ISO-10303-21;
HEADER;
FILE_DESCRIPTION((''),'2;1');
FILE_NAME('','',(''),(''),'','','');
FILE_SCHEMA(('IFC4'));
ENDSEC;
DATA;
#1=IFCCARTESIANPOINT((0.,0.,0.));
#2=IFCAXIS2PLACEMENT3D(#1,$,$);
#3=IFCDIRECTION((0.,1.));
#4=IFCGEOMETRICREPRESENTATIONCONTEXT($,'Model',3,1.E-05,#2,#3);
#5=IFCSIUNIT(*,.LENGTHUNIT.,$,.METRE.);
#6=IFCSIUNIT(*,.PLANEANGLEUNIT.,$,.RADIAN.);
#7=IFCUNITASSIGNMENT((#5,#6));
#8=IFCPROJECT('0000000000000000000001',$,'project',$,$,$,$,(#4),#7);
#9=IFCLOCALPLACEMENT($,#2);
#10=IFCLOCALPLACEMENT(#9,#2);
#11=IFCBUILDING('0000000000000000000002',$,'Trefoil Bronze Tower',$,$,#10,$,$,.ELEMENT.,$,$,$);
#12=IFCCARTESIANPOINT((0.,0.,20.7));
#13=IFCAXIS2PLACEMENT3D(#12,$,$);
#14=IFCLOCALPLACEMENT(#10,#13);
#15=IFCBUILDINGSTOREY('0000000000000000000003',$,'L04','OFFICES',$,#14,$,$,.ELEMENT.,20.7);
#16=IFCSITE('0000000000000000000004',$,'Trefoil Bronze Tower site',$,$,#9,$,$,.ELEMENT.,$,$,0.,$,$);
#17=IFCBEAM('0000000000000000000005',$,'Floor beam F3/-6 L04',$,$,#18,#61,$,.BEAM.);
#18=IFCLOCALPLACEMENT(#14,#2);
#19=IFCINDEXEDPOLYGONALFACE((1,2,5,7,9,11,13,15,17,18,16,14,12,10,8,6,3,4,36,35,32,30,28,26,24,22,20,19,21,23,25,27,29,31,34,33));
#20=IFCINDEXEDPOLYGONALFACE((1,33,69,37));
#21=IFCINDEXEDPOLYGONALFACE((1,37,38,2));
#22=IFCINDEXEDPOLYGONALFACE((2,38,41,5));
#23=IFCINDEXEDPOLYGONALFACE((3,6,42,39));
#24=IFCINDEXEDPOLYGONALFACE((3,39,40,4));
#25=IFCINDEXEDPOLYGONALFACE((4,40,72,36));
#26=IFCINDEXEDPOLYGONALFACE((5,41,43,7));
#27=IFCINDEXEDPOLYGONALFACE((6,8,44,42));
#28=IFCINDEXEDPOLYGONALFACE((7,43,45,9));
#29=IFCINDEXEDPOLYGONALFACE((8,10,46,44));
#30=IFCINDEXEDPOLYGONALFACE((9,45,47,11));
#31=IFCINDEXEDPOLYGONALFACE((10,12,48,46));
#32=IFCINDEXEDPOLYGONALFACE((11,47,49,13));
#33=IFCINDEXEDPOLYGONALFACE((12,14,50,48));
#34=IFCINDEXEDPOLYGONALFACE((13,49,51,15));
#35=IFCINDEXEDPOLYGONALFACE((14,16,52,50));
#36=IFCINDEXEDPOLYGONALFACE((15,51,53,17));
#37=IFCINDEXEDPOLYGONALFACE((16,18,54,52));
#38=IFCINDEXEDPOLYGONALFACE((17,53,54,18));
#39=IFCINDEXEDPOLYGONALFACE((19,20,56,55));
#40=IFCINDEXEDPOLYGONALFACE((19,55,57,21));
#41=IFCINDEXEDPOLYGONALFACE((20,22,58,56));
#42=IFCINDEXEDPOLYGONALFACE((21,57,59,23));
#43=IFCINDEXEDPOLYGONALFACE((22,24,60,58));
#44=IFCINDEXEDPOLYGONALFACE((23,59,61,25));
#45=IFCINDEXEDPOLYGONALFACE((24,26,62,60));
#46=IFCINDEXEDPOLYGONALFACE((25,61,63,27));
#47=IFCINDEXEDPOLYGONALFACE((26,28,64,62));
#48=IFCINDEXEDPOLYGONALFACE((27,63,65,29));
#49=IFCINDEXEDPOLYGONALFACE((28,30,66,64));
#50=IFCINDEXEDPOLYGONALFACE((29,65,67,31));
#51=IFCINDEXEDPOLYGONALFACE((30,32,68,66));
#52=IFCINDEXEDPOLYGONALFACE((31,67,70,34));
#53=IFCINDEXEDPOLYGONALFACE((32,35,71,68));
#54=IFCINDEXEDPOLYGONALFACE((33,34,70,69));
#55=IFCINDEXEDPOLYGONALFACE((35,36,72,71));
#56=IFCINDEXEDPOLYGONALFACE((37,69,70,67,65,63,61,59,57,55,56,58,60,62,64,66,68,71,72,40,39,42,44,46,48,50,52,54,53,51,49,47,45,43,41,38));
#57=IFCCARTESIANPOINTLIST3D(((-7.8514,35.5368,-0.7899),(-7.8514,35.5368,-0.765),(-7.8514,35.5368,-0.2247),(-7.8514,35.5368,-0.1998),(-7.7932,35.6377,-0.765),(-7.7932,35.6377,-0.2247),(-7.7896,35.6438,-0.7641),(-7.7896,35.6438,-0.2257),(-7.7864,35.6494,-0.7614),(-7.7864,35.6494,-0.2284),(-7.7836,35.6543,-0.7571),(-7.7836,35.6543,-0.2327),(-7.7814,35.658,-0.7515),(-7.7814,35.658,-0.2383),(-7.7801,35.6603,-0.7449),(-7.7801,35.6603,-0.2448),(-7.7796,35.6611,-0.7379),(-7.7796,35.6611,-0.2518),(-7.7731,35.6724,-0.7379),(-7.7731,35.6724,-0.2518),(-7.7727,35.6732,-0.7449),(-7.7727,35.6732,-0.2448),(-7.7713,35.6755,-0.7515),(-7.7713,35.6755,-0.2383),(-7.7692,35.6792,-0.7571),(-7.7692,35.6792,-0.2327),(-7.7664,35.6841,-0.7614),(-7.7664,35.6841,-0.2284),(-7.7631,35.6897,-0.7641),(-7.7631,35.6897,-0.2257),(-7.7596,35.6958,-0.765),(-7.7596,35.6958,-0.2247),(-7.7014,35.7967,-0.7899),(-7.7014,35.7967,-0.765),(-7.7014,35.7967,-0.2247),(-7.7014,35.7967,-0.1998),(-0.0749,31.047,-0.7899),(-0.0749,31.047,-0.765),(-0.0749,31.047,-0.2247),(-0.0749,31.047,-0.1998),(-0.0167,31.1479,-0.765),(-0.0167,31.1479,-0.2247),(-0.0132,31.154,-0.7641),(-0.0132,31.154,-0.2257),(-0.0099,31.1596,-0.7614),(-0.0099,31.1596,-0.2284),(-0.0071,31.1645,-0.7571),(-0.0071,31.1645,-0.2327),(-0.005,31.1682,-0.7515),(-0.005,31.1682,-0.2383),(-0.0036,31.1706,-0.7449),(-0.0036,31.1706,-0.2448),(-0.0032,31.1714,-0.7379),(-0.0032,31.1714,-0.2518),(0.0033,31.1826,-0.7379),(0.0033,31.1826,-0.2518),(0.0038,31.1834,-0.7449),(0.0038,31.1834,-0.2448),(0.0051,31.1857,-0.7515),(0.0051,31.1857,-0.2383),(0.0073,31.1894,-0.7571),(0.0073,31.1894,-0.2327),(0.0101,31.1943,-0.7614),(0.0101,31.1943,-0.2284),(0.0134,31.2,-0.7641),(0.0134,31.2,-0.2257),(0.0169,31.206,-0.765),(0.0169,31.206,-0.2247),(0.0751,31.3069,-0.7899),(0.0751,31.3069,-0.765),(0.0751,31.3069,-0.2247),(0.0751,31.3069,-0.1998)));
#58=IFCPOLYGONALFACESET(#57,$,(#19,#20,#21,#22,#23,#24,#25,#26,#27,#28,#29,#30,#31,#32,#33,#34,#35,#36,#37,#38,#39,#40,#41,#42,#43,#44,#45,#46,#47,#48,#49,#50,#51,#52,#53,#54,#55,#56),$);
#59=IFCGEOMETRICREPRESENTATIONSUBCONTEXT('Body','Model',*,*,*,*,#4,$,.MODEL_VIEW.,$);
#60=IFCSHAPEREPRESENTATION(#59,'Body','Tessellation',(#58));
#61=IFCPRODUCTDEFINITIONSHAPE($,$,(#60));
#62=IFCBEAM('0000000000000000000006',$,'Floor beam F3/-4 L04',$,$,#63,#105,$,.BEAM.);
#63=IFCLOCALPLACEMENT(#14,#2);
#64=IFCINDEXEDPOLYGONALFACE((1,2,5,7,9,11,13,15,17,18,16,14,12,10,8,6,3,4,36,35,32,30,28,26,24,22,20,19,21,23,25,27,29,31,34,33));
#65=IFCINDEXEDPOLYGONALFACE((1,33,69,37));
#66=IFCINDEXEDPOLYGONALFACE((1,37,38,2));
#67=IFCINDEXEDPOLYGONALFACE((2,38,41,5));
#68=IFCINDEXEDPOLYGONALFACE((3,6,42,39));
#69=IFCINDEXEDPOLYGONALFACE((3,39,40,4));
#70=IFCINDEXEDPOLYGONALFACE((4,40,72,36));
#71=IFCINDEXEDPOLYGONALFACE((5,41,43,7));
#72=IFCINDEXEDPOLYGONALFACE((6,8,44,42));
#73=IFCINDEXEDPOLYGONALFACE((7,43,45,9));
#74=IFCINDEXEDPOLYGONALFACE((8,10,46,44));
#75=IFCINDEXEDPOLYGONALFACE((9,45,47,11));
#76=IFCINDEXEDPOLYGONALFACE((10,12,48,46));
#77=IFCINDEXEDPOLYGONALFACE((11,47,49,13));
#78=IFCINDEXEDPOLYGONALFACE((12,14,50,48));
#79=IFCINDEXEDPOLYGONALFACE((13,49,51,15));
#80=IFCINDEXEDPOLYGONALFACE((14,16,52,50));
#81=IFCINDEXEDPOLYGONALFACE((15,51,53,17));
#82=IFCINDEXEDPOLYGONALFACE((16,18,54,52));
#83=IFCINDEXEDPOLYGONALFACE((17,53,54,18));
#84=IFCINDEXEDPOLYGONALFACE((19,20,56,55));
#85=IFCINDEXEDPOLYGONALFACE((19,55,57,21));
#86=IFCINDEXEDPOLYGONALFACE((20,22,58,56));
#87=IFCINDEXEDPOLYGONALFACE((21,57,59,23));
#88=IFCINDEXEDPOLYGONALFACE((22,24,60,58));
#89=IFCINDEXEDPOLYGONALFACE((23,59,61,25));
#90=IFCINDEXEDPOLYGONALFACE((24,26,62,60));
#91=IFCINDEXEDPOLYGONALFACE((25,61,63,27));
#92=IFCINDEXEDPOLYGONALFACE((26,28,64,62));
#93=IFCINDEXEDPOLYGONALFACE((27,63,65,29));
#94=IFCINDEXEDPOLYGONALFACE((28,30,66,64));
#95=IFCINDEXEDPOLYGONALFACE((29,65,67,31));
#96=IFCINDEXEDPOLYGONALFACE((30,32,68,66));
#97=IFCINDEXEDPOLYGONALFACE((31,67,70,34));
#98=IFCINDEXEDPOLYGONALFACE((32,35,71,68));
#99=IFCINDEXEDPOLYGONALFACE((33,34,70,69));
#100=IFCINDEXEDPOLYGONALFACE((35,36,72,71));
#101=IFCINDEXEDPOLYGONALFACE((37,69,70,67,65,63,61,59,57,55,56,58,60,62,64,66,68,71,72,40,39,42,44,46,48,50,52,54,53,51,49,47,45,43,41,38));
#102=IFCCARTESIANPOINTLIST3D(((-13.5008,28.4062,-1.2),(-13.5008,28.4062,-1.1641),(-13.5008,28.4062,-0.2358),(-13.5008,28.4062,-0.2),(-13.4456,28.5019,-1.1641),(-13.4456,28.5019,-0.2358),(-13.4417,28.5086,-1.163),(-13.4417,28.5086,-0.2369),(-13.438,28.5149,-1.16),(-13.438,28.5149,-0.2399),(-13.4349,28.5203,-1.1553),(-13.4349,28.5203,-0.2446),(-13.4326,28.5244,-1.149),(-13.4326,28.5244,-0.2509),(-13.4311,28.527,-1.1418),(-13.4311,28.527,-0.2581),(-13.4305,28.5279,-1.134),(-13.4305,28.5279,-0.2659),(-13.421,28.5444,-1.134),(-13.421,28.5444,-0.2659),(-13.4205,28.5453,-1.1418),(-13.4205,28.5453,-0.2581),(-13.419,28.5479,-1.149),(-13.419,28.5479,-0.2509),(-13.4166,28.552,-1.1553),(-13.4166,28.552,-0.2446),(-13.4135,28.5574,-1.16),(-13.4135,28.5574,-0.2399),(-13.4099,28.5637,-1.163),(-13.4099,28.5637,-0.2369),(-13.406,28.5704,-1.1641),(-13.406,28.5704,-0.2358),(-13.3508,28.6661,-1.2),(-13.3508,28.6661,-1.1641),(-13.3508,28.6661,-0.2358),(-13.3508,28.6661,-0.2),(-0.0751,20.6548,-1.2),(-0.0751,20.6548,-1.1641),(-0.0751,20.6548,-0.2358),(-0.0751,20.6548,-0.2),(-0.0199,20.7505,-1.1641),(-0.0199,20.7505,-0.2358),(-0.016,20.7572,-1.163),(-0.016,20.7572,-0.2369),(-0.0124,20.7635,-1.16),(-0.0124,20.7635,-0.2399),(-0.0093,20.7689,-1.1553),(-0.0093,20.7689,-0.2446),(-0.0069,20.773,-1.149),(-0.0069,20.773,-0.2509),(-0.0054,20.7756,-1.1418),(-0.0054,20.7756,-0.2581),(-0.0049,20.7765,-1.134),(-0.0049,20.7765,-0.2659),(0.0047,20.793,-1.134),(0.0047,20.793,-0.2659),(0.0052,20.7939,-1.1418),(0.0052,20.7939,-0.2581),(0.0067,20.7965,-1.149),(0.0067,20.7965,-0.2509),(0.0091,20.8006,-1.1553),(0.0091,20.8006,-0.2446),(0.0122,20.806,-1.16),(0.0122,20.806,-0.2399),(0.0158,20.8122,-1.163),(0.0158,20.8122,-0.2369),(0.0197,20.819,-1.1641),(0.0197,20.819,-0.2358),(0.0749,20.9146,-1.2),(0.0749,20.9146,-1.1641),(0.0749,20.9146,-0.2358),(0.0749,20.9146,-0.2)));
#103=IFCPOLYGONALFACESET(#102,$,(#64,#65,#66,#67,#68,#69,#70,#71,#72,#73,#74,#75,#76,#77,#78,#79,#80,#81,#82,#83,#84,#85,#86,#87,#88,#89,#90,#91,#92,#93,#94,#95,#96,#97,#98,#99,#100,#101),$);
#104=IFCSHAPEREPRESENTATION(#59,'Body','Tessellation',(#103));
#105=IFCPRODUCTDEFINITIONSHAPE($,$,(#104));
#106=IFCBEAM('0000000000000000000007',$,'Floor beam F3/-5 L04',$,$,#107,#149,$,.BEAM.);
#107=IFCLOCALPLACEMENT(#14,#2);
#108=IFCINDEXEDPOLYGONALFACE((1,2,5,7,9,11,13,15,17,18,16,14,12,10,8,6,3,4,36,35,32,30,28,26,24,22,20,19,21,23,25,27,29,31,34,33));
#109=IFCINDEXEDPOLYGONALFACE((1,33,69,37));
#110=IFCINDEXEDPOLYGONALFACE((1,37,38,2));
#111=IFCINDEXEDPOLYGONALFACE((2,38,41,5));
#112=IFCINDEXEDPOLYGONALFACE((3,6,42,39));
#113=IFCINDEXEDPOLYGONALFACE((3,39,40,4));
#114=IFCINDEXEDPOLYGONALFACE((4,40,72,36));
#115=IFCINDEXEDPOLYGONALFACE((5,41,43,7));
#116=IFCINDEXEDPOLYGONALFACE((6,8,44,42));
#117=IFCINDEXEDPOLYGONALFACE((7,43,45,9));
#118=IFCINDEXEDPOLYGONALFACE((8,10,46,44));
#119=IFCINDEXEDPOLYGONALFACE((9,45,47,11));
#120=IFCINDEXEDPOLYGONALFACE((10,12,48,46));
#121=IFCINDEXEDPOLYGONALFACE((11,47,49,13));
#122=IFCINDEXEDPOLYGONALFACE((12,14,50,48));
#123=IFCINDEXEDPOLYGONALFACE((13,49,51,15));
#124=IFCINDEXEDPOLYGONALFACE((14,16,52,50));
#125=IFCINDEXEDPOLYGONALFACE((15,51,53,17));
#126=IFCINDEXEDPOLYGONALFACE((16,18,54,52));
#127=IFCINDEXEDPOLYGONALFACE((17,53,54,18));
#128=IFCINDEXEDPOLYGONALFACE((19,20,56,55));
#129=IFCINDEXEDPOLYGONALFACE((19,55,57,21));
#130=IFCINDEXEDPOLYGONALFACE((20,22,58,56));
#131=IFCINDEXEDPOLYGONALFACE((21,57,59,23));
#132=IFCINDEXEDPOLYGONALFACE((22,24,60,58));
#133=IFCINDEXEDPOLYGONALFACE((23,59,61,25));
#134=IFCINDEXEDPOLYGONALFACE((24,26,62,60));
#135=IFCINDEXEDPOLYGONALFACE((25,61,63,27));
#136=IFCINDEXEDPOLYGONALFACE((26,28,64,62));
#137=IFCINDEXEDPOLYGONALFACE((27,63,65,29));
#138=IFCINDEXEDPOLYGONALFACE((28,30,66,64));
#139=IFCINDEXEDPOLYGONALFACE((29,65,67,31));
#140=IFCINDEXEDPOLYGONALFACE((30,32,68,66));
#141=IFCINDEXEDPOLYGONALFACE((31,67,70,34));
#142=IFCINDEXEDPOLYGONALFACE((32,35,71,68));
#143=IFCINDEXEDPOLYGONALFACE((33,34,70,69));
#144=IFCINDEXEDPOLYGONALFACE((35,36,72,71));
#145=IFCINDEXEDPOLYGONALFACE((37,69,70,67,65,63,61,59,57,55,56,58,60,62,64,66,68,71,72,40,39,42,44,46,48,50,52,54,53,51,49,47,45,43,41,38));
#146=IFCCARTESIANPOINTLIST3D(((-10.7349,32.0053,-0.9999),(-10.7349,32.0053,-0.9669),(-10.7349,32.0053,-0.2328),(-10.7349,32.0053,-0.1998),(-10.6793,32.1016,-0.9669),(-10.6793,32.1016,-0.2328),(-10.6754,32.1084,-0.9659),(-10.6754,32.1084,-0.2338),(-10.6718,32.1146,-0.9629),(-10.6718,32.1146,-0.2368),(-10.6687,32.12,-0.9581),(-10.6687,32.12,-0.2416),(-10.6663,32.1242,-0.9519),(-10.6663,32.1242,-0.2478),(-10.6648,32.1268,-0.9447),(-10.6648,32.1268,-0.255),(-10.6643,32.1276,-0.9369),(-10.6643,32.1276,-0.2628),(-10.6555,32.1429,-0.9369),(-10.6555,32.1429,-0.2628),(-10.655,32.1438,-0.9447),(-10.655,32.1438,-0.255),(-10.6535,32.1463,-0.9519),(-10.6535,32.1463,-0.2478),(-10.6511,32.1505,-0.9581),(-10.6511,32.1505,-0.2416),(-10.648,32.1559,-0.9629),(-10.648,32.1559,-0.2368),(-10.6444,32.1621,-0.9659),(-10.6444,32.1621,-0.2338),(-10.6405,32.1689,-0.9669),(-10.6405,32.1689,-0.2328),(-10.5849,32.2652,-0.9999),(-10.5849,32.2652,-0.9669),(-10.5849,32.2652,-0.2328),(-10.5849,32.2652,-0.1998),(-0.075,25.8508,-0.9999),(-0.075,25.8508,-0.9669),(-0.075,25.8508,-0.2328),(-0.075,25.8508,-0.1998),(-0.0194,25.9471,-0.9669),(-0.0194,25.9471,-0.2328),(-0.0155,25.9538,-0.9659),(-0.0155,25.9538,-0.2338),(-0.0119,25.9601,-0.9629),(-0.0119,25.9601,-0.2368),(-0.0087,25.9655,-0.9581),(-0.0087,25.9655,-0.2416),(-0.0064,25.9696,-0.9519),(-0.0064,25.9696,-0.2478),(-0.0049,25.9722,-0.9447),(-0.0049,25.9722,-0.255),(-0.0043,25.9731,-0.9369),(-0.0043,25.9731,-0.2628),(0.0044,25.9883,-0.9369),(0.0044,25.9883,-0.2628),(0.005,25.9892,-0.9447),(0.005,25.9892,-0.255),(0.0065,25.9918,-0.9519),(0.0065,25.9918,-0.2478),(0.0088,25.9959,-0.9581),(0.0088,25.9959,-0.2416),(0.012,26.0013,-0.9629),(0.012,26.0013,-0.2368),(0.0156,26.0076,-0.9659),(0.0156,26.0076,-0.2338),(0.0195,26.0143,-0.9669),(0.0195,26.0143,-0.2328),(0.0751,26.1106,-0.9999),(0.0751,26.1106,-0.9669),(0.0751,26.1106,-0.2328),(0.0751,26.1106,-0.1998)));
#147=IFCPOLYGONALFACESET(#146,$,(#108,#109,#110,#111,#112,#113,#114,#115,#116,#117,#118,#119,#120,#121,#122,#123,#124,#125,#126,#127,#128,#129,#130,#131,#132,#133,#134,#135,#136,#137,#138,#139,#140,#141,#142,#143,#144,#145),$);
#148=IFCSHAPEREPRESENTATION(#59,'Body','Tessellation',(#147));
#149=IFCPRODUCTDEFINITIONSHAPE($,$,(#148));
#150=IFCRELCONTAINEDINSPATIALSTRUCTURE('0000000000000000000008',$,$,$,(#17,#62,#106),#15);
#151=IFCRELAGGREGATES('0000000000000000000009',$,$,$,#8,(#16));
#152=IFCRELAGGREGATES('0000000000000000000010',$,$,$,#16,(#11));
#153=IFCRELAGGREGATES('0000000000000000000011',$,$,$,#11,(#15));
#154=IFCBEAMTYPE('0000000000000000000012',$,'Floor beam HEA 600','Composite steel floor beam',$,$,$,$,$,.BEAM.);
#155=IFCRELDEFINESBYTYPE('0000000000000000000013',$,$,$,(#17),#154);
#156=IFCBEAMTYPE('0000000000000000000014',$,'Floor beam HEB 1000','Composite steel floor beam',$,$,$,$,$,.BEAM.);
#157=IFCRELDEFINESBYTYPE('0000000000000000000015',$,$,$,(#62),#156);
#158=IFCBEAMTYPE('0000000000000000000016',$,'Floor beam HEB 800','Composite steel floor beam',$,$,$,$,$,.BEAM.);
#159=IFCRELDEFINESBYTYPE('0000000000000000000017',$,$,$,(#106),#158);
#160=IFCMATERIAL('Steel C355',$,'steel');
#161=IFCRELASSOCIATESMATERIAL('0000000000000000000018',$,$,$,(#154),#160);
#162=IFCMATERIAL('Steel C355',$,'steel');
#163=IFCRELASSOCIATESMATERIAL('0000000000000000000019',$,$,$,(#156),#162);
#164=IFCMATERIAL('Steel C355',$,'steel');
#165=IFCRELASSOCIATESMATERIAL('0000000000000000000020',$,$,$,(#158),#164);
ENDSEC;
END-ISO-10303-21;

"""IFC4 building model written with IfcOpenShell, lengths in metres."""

from ifc_helpers import new_model, si_unit, direction, frame, origin, origin_2d, place, context, subcontext, project, spatial, i_section, extrude, material, material_profile, profile_set, type_object, element, save


model = new_model("IFC4")

# Units and contexts
model_context = context("Model", 3, precision=1e-05, world=origin(), true_north=direction((0.0, 1.0)))
body_context = subcontext(model_context, "Body", "Model", "MODEL_VIEW")
ifc_project = project(units=[si_unit("LENGTHUNIT", "METRE"), si_unit("PLANEANGLEUNIT", "RADIAN")], contexts=[model_context])

# Site, building, storey
site_placement = place(None, origin())
site = spatial("IfcSite", under=ifc_project, at=site_placement, Name="Trefoil Bronze Tower site", CompositionType="ELEMENT", RefElevation=0.0)
building_placement = place(site_placement, origin())
building = spatial("IfcBuilding", under=site, at=building_placement, Name="Trefoil Bronze Tower", CompositionType="ELEMENT")
storey_placement = place(building_placement, frame((0.0, 0.0, 20.7)))
storey = spatial("IfcBuildingStorey", under=building, at=storey_placement, Name="L04", Description="OFFICES", CompositionType="ELEMENT", Elevation=20.7)

# Beams
ifc_material_1 = material(Name="Steel C355", Category="steel")
ifc_material_profile_1 = material_profile(ifc_material_1, i_section(OverallWidth=0.3, OverallDepth=0.5901, WebThickness=0.0129, FlangeThickness=0.0249, FilletRadius=0.0271, at=origin_2d()), Name="HEA 600")
ifc_profile_set_1 = profile_set([ifc_material_profile_1], Name="Steel C355")
beam_type_1 = type_object("IfcBeamType", Name="Floor beam HEA 600", Description="Composite steel floor beam", PredefinedType="BEAM", material=ifc_profile_set_1)
beam_1_placement = place(storey_placement, frame((-7.7764, 35.6667, -0.4949), z_axis=(0.866023, -0.500005, 0.0), x_axis=(0.500005, 0.866023, 0.0)))
element("IfcBeam", 1, at=beam_1_placement, inside=storey, type_object=beam_type_1, Name="Floor beam F3/-6 L04", PredefinedType="BEAM", context=body_context, shape_type="SweptSolid", body=[
    extrude(i_section(OverallWidth=0.3, OverallDepth=0.5901, WebThickness=0.0129, FlangeThickness=0.0249, FilletRadius=0.0271, at=origin_2d()), origin(), (0.0, 0.0, 1.0), 8.9795),
])
ifc_material_2 = material(Name="Steel C355", Category="steel")
ifc_material_profile_2 = material_profile(ifc_material_2, i_section(OverallWidth=0.3, OverallDepth=1.0, WebThickness=0.019, FlangeThickness=0.0359, FilletRadius=0.03, at=origin_2d()), Name="HEB 1000")
ifc_profile_set_2 = profile_set([ifc_material_profile_2], Name="Steel C355")
beam_type_2 = type_object("IfcBeamType", Name="Floor beam HEB 1000", Description="Composite steel floor beam", PredefinedType="BEAM", material=ifc_profile_set_2)
beam_2_placement = place(storey_placement, frame((-13.4258, 28.5361, -0.7), z_axis=(0.866023, -0.500004, 0.0), x_axis=(0.500004, 0.866023, 0.0)))
element("IfcBeam", 2, at=beam_2_placement, inside=storey, type_object=beam_type_2, Name="Floor beam F3/-4 L04", PredefinedType="BEAM", context=body_context, shape_type="SweptSolid", body=[
    extrude(i_section(OverallWidth=0.3, OverallDepth=1.0, WebThickness=0.019, FlangeThickness=0.0359, FilletRadius=0.03, at=origin_2d()), origin(), (0.0, 0.0, 1.0), 15.5027),
])
ifc_material_3 = material(Name="Steel C355", Category="steel")
ifc_material_profile_3 = material_profile(ifc_material_3, i_section(OverallWidth=0.3, OverallDepth=0.8, WebThickness=0.0176, FlangeThickness=0.033, FilletRadius=0.03, at=origin_2d()), Name="HEB 800")
ifc_profile_set_3 = profile_set([ifc_material_profile_3], Name="Steel C355")
beam_type_3 = type_object("IfcBeamType", Name="Floor beam HEB 800", Description="Composite steel floor beam", PredefinedType="BEAM", material=ifc_profile_set_3)
beam_3_placement = place(storey_placement, frame((-10.6599, 32.1353, -0.5999), z_axis=(0.866024, -0.500002, 0.0), x_axis=(0.500002, 0.866024, 0.0)))
element("IfcBeam", 3, at=beam_3_placement, inside=storey, type_object=beam_type_3, Name="Floor beam F3/-5 L04", PredefinedType="BEAM", context=body_context, shape_type="SweptSolid", body=[
    extrude(i_section(OverallWidth=0.3, OverallDepth=0.8, WebThickness=0.0176, FlangeThickness=0.033, FilletRadius=0.03, at=origin_2d()), origin(), (0.0, 0.0, 1.0), 12.3091),
])

save(model, "model.ifc")
